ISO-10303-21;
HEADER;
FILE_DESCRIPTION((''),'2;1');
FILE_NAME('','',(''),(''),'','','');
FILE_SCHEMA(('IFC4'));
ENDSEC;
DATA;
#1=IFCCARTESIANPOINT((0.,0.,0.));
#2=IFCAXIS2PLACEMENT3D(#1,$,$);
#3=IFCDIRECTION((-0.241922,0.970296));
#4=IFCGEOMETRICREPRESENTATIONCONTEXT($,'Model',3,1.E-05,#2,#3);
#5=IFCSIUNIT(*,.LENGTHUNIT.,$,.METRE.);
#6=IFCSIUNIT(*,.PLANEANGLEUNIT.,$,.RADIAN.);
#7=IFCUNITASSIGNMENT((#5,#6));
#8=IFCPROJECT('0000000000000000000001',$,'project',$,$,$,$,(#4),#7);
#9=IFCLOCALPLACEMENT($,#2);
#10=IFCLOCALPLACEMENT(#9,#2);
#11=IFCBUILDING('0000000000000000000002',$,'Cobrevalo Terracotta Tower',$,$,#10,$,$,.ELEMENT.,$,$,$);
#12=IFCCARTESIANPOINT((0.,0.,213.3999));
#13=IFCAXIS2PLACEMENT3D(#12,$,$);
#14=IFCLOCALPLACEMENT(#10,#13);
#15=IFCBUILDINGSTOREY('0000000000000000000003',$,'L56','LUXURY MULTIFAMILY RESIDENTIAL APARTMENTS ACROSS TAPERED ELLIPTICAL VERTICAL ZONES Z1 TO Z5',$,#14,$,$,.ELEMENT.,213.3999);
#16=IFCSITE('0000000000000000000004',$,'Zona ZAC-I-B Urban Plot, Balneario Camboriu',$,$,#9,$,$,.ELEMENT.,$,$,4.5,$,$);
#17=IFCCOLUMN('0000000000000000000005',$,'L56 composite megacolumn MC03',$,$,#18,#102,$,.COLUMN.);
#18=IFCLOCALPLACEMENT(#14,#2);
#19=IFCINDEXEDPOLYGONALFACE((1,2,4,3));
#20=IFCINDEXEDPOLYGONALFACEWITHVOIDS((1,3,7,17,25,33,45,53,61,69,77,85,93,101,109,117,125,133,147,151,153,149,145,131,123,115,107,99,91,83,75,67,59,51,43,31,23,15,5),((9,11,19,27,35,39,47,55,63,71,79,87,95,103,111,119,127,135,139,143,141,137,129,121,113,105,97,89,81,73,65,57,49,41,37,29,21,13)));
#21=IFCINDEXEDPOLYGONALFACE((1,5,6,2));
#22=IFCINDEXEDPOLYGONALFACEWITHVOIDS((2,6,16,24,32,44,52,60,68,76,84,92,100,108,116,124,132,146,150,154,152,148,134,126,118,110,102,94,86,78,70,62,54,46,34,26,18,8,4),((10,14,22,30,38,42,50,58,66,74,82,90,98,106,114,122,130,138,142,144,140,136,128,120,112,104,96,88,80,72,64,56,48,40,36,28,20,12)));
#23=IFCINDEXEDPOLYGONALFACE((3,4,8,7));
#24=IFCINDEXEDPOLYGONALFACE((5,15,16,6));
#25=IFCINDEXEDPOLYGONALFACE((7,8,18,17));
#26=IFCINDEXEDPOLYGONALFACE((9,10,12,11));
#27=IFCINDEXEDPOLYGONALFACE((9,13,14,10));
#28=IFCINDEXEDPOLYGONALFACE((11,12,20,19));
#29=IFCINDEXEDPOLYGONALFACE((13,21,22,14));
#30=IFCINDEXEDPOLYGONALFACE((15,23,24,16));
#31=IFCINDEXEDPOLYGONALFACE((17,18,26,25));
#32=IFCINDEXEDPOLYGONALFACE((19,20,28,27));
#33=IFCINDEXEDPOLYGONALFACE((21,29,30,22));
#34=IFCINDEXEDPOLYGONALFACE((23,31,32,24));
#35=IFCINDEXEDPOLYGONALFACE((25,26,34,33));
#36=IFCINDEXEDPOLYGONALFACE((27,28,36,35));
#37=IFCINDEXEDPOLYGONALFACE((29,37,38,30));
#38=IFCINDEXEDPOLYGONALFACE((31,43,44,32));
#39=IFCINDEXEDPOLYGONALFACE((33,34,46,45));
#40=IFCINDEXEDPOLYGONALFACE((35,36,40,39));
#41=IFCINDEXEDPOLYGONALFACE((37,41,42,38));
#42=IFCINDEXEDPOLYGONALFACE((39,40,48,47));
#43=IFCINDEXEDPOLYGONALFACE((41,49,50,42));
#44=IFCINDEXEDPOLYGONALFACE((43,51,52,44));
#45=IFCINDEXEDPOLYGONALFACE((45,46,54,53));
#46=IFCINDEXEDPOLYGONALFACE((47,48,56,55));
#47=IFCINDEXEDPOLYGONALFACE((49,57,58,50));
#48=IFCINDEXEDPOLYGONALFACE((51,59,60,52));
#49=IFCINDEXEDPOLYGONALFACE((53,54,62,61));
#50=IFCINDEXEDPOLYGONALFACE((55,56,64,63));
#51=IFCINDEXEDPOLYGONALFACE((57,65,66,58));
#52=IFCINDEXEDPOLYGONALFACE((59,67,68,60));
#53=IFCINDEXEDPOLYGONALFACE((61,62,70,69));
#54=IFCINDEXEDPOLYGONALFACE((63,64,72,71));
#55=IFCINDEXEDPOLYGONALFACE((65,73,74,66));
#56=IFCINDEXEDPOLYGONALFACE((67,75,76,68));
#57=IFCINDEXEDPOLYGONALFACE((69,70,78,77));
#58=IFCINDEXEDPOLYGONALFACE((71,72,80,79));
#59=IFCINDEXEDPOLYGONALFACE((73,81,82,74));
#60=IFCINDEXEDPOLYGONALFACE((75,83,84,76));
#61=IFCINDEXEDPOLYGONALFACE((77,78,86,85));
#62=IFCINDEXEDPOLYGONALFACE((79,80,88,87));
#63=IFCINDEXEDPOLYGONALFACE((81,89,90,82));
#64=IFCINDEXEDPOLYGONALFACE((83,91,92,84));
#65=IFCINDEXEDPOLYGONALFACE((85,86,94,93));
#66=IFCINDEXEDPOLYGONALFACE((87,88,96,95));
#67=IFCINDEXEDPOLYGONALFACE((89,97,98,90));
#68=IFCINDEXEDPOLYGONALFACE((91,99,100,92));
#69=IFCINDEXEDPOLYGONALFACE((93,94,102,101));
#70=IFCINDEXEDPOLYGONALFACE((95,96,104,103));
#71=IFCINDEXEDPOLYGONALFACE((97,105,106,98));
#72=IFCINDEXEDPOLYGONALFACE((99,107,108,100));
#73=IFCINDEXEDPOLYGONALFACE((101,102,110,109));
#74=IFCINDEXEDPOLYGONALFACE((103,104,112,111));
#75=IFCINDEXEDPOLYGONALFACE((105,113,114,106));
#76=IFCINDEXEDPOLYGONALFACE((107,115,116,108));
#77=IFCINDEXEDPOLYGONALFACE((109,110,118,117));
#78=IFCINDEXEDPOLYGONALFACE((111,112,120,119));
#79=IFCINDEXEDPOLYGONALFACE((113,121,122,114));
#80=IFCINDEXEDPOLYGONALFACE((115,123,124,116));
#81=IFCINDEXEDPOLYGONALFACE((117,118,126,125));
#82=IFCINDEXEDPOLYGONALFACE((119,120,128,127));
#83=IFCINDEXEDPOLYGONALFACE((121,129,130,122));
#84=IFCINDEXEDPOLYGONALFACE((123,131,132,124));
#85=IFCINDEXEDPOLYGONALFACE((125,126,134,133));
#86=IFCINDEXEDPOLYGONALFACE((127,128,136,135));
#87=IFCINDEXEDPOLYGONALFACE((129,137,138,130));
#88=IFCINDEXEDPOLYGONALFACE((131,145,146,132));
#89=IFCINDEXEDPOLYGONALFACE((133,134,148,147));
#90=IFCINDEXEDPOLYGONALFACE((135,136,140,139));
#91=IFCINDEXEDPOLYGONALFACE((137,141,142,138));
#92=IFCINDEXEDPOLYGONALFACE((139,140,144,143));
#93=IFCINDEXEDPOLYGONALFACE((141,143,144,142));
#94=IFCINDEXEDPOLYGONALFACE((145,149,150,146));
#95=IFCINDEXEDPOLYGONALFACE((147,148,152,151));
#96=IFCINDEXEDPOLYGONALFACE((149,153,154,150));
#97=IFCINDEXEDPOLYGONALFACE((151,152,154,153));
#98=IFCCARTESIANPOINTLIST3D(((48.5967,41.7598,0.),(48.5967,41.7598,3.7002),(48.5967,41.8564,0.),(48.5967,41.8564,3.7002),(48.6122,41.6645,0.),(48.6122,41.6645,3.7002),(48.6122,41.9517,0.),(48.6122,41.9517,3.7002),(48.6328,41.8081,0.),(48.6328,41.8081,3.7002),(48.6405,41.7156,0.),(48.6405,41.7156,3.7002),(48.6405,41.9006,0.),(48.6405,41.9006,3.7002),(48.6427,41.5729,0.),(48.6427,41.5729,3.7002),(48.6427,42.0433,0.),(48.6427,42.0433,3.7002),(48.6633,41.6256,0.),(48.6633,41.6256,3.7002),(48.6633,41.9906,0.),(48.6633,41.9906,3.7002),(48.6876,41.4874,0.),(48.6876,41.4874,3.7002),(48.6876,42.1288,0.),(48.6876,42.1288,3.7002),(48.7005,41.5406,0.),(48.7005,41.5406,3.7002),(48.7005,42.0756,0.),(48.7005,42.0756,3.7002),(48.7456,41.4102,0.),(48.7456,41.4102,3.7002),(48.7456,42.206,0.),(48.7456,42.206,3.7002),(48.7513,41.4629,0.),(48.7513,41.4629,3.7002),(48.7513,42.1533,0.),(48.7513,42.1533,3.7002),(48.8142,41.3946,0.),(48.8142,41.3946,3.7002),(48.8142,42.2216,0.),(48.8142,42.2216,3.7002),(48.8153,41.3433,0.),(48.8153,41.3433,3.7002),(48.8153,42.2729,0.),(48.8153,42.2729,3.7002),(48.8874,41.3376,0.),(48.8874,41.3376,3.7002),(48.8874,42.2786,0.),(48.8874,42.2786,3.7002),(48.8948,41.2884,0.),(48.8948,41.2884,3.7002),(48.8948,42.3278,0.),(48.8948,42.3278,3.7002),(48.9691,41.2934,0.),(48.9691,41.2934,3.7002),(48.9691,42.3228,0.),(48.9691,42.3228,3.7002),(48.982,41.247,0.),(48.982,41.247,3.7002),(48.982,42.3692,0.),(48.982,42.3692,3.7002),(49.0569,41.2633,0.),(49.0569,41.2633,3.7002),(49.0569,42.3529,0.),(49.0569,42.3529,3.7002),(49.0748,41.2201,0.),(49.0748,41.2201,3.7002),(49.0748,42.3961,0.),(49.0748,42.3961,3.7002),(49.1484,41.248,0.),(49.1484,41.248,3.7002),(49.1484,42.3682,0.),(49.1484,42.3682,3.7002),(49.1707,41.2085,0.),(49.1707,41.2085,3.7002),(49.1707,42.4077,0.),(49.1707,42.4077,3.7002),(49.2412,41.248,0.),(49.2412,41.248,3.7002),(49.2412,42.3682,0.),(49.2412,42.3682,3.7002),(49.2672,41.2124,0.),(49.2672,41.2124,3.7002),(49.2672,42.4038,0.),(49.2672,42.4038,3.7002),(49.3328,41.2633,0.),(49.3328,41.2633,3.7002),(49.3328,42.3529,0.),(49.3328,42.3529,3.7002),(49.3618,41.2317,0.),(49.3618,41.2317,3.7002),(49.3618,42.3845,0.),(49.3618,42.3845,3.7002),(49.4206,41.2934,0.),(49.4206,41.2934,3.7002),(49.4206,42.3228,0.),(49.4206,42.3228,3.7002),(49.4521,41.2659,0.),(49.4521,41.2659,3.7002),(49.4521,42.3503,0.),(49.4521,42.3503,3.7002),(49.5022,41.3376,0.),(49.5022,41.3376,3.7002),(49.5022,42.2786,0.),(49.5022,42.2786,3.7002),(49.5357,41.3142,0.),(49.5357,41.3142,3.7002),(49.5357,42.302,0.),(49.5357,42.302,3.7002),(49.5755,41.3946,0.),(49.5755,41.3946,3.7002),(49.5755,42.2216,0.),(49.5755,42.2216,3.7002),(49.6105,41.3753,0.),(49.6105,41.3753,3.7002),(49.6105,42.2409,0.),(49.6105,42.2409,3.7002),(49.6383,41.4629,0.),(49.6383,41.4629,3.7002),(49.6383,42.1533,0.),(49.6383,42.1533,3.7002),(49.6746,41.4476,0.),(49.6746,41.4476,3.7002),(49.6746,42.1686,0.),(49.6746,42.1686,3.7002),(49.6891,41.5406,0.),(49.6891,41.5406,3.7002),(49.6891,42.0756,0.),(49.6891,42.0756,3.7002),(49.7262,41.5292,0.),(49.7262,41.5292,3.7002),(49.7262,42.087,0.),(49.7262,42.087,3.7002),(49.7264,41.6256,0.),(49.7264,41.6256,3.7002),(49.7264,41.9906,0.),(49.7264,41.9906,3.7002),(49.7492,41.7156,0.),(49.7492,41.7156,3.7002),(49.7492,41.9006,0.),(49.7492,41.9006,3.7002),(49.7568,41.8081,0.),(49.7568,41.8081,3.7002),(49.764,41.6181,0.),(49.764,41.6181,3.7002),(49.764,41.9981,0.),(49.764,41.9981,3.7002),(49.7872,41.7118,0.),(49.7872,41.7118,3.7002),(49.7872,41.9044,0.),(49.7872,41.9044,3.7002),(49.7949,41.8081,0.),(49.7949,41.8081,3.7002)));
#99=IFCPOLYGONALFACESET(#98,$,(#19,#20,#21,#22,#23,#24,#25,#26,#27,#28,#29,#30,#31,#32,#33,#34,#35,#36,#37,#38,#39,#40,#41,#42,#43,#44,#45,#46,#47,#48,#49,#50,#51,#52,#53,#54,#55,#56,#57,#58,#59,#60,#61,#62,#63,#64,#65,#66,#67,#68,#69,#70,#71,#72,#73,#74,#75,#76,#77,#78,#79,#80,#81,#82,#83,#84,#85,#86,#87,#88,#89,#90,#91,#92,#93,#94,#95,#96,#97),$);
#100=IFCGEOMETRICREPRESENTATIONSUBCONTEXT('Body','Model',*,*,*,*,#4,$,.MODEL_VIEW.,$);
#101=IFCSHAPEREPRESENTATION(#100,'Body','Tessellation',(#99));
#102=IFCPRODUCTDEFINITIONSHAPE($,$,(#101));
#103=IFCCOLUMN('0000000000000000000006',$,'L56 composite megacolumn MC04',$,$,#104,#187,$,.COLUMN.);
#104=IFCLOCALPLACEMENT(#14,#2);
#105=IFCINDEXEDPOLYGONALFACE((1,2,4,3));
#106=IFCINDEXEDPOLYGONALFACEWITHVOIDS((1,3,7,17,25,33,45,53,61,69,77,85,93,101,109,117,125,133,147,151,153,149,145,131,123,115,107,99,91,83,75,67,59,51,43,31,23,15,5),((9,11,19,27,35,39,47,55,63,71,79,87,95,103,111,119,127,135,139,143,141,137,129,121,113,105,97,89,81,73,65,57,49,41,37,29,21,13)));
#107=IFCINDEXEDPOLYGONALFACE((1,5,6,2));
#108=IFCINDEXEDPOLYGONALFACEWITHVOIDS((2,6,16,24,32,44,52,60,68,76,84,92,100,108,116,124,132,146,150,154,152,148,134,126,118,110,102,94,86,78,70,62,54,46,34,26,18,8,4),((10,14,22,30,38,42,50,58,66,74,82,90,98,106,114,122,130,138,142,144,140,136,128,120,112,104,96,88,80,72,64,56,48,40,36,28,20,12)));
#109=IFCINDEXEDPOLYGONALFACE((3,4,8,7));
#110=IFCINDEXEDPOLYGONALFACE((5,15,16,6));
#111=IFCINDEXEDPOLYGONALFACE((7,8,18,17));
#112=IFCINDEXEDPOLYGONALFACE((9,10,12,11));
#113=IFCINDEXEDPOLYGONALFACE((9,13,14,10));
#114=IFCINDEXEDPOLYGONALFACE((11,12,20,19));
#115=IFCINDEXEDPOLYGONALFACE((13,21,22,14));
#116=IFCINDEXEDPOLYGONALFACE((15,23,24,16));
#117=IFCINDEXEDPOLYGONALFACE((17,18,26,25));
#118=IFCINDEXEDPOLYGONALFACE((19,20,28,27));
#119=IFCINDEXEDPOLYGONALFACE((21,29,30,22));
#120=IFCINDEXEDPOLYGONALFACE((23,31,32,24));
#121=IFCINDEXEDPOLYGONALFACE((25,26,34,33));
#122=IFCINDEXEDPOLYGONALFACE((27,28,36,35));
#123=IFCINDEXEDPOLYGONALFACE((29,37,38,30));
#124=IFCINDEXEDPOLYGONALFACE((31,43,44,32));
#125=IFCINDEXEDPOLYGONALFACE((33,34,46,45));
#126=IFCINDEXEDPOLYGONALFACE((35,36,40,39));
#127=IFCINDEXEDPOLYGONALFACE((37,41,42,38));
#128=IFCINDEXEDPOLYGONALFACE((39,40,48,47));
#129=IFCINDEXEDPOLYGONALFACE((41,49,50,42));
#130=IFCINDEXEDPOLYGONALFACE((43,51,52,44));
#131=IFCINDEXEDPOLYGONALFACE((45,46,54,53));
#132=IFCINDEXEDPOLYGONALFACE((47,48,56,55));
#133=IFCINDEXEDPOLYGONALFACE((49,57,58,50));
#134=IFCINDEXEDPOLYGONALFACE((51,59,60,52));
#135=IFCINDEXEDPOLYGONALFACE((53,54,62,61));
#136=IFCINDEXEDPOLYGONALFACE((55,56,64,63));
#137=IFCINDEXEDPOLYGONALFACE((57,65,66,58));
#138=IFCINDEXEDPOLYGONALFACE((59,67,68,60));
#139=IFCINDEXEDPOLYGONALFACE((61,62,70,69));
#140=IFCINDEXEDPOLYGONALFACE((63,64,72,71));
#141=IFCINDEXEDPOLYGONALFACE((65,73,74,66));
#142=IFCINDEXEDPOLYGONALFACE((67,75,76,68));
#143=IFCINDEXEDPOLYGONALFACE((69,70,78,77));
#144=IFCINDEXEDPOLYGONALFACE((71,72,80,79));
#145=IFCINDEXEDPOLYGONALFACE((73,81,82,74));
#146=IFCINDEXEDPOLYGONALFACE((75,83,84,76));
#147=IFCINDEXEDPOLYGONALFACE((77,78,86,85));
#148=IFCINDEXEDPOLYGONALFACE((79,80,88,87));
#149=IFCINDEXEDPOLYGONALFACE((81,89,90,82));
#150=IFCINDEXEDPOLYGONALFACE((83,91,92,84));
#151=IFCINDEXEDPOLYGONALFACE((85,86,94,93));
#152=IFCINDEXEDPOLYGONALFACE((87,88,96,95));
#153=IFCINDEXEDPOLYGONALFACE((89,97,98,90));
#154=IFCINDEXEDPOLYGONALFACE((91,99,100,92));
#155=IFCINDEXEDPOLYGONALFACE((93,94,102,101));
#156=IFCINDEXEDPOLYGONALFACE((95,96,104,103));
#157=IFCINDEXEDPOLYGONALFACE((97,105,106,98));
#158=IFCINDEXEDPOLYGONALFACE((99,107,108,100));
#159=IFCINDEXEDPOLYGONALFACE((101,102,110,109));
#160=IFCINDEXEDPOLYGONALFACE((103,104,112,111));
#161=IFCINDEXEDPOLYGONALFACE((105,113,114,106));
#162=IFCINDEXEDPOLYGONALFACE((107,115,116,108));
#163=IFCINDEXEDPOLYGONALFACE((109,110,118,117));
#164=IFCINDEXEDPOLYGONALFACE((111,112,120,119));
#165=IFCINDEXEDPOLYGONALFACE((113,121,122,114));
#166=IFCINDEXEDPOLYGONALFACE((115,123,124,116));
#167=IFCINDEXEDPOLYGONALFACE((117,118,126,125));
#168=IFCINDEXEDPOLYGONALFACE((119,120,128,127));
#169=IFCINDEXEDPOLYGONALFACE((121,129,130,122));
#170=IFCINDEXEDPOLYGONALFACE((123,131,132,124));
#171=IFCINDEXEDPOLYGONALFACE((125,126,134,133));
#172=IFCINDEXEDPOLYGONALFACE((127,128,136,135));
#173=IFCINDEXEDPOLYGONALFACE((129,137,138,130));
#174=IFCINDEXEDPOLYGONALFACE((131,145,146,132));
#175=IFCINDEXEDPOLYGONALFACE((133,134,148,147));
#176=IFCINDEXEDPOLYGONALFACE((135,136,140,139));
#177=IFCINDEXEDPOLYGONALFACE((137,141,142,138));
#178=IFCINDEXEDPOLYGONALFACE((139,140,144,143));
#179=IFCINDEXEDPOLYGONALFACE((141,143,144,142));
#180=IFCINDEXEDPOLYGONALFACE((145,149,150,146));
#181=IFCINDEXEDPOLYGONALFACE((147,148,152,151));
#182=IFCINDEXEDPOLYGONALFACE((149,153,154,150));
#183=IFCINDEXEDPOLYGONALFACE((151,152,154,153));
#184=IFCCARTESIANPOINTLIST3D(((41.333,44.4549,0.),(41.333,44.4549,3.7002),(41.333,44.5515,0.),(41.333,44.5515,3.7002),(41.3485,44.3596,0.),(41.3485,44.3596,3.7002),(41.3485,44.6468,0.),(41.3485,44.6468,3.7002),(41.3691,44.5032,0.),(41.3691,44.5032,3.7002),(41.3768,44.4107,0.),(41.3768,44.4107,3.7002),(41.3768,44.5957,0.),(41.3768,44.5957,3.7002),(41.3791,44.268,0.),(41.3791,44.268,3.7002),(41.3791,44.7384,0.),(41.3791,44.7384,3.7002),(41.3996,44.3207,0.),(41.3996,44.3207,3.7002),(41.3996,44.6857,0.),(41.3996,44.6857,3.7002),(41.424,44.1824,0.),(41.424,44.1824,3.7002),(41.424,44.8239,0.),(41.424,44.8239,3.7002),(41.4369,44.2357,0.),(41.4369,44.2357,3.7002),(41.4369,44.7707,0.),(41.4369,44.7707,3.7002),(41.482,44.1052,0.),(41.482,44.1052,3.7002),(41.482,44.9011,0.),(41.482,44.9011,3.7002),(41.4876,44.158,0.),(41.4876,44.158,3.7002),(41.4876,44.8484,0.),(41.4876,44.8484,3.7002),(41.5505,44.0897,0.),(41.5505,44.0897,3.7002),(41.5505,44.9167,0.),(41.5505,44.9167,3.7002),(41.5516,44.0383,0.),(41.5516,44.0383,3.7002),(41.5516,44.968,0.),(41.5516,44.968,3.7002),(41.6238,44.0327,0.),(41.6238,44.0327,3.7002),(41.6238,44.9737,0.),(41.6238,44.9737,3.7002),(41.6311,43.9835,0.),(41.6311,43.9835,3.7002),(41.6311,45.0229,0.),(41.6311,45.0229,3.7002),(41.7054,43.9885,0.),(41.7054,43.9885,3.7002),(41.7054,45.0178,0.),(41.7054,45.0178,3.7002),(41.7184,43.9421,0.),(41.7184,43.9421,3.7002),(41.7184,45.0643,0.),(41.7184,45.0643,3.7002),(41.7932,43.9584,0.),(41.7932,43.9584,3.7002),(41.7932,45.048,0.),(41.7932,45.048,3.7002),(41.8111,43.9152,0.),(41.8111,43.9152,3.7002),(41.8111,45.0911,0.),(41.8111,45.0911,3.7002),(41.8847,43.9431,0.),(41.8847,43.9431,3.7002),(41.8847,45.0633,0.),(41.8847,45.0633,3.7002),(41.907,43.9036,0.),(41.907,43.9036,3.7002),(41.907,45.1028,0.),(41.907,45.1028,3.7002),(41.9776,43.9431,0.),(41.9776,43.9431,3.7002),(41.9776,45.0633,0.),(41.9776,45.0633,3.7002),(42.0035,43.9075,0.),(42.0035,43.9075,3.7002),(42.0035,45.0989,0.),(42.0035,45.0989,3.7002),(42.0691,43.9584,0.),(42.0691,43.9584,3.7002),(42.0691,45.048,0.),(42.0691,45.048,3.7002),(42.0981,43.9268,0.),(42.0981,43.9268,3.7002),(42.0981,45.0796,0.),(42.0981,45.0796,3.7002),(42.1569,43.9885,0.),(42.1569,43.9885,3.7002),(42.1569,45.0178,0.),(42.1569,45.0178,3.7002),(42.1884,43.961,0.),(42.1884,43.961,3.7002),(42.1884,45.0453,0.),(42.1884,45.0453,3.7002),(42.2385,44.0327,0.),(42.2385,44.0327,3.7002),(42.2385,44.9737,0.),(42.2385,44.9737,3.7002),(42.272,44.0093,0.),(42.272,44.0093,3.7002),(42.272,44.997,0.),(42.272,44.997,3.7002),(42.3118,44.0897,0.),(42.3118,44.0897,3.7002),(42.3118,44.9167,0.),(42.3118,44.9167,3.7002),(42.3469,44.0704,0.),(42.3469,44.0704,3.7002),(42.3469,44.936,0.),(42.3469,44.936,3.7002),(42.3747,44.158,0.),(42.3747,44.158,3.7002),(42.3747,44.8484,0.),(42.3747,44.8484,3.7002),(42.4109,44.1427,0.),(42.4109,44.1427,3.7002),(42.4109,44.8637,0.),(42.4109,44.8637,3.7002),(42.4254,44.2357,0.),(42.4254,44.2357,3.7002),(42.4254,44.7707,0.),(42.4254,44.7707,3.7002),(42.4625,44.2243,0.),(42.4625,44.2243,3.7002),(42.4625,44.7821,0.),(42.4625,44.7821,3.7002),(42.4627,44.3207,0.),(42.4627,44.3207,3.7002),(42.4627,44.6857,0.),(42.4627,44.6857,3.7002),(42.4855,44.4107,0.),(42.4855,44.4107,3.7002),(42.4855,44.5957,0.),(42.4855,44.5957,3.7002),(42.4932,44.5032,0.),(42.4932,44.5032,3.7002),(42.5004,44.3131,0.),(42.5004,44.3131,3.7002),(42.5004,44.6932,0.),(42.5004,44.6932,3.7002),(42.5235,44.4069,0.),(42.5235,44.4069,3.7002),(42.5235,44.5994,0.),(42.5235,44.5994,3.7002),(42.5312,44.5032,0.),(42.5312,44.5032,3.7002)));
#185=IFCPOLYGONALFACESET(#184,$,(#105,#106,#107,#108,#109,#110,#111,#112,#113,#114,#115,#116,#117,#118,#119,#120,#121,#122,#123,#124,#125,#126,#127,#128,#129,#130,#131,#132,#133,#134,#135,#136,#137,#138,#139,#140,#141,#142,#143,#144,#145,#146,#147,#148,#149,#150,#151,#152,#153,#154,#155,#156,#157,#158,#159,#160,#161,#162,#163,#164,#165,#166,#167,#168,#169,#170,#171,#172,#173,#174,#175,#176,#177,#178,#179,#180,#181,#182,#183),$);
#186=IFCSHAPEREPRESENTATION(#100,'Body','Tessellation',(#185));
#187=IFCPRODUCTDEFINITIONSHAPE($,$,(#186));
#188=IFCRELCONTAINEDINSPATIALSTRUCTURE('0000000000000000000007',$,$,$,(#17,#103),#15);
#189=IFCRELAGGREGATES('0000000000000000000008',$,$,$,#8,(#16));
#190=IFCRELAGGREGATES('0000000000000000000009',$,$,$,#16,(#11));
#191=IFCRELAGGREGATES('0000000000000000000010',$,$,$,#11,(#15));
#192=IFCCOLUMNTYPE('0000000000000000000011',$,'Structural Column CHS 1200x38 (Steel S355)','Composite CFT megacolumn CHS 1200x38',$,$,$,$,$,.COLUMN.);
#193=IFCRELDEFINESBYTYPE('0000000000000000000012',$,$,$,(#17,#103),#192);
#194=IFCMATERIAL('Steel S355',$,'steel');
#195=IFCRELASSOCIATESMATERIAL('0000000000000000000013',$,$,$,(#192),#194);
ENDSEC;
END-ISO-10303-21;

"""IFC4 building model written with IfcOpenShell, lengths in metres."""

from ifc_helpers import new_model, si_unit, direction, frame, origin, origin_2d, place, context, subcontext, project, spatial, hollow_circle, extrude, material, material_profile, profile_set, type_object, element, save


model = new_model("IFC4")

# Units and contexts
model_context = context("Model", 3, precision=1e-05, world=origin(), true_north=direction((-0.241922, 0.970296)))
body_context = subcontext(model_context, "Body", "Model", "MODEL_VIEW")
ifc_project = project(units=[si_unit("LENGTHUNIT", "METRE"), si_unit("PLANEANGLEUNIT", "RADIAN")], contexts=[model_context])

# Site, building, storey
site_placement = place(None, origin())
site = spatial("IfcSite", under=ifc_project, at=site_placement, Name="Zona ZAC-I-B Urban Plot, Balneario Camboriu", CompositionType="ELEMENT", RefElevation=4.5)
building_placement = place(site_placement, origin())
building = spatial("IfcBuilding", under=site, at=building_placement, Name="Cobrevalo Terracotta Tower", CompositionType="ELEMENT")
storey_placement = place(building_placement, frame((0.0, 0.0, 213.3999)))
storey = spatial("IfcBuildingStorey", under=building, at=storey_placement, Name="L56", Description="LUXURY MULTIFAMILY RESIDENTIAL APARTMENTS ACROSS TAPERED ELLIPTICAL VERTICAL ZONES Z1 TO Z5", CompositionType="ELEMENT", Elevation=213.3999)

# Columns
ifc_material_1 = material(Name="Steel S355", Category="steel")
ifc_material_profile_1 = material_profile(ifc_material_1, hollow_circle(Radius=0.6001, WallThickness=0.0381, at=origin_2d()), Name="CHS 1200x38")
ifc_profile_set_1 = profile_set([ifc_material_profile_1], Name="Steel S355")
column_type = type_object("IfcColumnType", Name="Structural Column CHS 1200x38 (Steel S355)", Description="Composite CFT megacolumn CHS 1200x38", PredefinedType="COLUMN", material=ifc_profile_set_1)
for number, where, z_axis, x_axis, name in (
    (1, (49.1948, 41.8081, 0.0), (0.0, 0.0, 1.0), (1.0, 0.0, 0.0), "L56 composite megacolumn MC03"),
    (2, (41.9312, 44.5032, 0.0), (0.0, 0.0, 1.0), (1.0, 0.0, 0.0), "L56 composite megacolumn MC04"),
):
    element("IfcColumn", number, at=place(storey_placement, frame(where, z_axis=z_axis, x_axis=x_axis)), inside=storey, type_object=column_type, Name=name, PredefinedType="COLUMN", context=body_context, shape_type="SweptSolid", body=[
        extrude(hollow_circle(Radius=0.6001, WallThickness=0.0381, at=origin_2d()), origin(), (0.0, 0.0, 1.0), 3.7002),
    ])

save(model, "model.ifc")
